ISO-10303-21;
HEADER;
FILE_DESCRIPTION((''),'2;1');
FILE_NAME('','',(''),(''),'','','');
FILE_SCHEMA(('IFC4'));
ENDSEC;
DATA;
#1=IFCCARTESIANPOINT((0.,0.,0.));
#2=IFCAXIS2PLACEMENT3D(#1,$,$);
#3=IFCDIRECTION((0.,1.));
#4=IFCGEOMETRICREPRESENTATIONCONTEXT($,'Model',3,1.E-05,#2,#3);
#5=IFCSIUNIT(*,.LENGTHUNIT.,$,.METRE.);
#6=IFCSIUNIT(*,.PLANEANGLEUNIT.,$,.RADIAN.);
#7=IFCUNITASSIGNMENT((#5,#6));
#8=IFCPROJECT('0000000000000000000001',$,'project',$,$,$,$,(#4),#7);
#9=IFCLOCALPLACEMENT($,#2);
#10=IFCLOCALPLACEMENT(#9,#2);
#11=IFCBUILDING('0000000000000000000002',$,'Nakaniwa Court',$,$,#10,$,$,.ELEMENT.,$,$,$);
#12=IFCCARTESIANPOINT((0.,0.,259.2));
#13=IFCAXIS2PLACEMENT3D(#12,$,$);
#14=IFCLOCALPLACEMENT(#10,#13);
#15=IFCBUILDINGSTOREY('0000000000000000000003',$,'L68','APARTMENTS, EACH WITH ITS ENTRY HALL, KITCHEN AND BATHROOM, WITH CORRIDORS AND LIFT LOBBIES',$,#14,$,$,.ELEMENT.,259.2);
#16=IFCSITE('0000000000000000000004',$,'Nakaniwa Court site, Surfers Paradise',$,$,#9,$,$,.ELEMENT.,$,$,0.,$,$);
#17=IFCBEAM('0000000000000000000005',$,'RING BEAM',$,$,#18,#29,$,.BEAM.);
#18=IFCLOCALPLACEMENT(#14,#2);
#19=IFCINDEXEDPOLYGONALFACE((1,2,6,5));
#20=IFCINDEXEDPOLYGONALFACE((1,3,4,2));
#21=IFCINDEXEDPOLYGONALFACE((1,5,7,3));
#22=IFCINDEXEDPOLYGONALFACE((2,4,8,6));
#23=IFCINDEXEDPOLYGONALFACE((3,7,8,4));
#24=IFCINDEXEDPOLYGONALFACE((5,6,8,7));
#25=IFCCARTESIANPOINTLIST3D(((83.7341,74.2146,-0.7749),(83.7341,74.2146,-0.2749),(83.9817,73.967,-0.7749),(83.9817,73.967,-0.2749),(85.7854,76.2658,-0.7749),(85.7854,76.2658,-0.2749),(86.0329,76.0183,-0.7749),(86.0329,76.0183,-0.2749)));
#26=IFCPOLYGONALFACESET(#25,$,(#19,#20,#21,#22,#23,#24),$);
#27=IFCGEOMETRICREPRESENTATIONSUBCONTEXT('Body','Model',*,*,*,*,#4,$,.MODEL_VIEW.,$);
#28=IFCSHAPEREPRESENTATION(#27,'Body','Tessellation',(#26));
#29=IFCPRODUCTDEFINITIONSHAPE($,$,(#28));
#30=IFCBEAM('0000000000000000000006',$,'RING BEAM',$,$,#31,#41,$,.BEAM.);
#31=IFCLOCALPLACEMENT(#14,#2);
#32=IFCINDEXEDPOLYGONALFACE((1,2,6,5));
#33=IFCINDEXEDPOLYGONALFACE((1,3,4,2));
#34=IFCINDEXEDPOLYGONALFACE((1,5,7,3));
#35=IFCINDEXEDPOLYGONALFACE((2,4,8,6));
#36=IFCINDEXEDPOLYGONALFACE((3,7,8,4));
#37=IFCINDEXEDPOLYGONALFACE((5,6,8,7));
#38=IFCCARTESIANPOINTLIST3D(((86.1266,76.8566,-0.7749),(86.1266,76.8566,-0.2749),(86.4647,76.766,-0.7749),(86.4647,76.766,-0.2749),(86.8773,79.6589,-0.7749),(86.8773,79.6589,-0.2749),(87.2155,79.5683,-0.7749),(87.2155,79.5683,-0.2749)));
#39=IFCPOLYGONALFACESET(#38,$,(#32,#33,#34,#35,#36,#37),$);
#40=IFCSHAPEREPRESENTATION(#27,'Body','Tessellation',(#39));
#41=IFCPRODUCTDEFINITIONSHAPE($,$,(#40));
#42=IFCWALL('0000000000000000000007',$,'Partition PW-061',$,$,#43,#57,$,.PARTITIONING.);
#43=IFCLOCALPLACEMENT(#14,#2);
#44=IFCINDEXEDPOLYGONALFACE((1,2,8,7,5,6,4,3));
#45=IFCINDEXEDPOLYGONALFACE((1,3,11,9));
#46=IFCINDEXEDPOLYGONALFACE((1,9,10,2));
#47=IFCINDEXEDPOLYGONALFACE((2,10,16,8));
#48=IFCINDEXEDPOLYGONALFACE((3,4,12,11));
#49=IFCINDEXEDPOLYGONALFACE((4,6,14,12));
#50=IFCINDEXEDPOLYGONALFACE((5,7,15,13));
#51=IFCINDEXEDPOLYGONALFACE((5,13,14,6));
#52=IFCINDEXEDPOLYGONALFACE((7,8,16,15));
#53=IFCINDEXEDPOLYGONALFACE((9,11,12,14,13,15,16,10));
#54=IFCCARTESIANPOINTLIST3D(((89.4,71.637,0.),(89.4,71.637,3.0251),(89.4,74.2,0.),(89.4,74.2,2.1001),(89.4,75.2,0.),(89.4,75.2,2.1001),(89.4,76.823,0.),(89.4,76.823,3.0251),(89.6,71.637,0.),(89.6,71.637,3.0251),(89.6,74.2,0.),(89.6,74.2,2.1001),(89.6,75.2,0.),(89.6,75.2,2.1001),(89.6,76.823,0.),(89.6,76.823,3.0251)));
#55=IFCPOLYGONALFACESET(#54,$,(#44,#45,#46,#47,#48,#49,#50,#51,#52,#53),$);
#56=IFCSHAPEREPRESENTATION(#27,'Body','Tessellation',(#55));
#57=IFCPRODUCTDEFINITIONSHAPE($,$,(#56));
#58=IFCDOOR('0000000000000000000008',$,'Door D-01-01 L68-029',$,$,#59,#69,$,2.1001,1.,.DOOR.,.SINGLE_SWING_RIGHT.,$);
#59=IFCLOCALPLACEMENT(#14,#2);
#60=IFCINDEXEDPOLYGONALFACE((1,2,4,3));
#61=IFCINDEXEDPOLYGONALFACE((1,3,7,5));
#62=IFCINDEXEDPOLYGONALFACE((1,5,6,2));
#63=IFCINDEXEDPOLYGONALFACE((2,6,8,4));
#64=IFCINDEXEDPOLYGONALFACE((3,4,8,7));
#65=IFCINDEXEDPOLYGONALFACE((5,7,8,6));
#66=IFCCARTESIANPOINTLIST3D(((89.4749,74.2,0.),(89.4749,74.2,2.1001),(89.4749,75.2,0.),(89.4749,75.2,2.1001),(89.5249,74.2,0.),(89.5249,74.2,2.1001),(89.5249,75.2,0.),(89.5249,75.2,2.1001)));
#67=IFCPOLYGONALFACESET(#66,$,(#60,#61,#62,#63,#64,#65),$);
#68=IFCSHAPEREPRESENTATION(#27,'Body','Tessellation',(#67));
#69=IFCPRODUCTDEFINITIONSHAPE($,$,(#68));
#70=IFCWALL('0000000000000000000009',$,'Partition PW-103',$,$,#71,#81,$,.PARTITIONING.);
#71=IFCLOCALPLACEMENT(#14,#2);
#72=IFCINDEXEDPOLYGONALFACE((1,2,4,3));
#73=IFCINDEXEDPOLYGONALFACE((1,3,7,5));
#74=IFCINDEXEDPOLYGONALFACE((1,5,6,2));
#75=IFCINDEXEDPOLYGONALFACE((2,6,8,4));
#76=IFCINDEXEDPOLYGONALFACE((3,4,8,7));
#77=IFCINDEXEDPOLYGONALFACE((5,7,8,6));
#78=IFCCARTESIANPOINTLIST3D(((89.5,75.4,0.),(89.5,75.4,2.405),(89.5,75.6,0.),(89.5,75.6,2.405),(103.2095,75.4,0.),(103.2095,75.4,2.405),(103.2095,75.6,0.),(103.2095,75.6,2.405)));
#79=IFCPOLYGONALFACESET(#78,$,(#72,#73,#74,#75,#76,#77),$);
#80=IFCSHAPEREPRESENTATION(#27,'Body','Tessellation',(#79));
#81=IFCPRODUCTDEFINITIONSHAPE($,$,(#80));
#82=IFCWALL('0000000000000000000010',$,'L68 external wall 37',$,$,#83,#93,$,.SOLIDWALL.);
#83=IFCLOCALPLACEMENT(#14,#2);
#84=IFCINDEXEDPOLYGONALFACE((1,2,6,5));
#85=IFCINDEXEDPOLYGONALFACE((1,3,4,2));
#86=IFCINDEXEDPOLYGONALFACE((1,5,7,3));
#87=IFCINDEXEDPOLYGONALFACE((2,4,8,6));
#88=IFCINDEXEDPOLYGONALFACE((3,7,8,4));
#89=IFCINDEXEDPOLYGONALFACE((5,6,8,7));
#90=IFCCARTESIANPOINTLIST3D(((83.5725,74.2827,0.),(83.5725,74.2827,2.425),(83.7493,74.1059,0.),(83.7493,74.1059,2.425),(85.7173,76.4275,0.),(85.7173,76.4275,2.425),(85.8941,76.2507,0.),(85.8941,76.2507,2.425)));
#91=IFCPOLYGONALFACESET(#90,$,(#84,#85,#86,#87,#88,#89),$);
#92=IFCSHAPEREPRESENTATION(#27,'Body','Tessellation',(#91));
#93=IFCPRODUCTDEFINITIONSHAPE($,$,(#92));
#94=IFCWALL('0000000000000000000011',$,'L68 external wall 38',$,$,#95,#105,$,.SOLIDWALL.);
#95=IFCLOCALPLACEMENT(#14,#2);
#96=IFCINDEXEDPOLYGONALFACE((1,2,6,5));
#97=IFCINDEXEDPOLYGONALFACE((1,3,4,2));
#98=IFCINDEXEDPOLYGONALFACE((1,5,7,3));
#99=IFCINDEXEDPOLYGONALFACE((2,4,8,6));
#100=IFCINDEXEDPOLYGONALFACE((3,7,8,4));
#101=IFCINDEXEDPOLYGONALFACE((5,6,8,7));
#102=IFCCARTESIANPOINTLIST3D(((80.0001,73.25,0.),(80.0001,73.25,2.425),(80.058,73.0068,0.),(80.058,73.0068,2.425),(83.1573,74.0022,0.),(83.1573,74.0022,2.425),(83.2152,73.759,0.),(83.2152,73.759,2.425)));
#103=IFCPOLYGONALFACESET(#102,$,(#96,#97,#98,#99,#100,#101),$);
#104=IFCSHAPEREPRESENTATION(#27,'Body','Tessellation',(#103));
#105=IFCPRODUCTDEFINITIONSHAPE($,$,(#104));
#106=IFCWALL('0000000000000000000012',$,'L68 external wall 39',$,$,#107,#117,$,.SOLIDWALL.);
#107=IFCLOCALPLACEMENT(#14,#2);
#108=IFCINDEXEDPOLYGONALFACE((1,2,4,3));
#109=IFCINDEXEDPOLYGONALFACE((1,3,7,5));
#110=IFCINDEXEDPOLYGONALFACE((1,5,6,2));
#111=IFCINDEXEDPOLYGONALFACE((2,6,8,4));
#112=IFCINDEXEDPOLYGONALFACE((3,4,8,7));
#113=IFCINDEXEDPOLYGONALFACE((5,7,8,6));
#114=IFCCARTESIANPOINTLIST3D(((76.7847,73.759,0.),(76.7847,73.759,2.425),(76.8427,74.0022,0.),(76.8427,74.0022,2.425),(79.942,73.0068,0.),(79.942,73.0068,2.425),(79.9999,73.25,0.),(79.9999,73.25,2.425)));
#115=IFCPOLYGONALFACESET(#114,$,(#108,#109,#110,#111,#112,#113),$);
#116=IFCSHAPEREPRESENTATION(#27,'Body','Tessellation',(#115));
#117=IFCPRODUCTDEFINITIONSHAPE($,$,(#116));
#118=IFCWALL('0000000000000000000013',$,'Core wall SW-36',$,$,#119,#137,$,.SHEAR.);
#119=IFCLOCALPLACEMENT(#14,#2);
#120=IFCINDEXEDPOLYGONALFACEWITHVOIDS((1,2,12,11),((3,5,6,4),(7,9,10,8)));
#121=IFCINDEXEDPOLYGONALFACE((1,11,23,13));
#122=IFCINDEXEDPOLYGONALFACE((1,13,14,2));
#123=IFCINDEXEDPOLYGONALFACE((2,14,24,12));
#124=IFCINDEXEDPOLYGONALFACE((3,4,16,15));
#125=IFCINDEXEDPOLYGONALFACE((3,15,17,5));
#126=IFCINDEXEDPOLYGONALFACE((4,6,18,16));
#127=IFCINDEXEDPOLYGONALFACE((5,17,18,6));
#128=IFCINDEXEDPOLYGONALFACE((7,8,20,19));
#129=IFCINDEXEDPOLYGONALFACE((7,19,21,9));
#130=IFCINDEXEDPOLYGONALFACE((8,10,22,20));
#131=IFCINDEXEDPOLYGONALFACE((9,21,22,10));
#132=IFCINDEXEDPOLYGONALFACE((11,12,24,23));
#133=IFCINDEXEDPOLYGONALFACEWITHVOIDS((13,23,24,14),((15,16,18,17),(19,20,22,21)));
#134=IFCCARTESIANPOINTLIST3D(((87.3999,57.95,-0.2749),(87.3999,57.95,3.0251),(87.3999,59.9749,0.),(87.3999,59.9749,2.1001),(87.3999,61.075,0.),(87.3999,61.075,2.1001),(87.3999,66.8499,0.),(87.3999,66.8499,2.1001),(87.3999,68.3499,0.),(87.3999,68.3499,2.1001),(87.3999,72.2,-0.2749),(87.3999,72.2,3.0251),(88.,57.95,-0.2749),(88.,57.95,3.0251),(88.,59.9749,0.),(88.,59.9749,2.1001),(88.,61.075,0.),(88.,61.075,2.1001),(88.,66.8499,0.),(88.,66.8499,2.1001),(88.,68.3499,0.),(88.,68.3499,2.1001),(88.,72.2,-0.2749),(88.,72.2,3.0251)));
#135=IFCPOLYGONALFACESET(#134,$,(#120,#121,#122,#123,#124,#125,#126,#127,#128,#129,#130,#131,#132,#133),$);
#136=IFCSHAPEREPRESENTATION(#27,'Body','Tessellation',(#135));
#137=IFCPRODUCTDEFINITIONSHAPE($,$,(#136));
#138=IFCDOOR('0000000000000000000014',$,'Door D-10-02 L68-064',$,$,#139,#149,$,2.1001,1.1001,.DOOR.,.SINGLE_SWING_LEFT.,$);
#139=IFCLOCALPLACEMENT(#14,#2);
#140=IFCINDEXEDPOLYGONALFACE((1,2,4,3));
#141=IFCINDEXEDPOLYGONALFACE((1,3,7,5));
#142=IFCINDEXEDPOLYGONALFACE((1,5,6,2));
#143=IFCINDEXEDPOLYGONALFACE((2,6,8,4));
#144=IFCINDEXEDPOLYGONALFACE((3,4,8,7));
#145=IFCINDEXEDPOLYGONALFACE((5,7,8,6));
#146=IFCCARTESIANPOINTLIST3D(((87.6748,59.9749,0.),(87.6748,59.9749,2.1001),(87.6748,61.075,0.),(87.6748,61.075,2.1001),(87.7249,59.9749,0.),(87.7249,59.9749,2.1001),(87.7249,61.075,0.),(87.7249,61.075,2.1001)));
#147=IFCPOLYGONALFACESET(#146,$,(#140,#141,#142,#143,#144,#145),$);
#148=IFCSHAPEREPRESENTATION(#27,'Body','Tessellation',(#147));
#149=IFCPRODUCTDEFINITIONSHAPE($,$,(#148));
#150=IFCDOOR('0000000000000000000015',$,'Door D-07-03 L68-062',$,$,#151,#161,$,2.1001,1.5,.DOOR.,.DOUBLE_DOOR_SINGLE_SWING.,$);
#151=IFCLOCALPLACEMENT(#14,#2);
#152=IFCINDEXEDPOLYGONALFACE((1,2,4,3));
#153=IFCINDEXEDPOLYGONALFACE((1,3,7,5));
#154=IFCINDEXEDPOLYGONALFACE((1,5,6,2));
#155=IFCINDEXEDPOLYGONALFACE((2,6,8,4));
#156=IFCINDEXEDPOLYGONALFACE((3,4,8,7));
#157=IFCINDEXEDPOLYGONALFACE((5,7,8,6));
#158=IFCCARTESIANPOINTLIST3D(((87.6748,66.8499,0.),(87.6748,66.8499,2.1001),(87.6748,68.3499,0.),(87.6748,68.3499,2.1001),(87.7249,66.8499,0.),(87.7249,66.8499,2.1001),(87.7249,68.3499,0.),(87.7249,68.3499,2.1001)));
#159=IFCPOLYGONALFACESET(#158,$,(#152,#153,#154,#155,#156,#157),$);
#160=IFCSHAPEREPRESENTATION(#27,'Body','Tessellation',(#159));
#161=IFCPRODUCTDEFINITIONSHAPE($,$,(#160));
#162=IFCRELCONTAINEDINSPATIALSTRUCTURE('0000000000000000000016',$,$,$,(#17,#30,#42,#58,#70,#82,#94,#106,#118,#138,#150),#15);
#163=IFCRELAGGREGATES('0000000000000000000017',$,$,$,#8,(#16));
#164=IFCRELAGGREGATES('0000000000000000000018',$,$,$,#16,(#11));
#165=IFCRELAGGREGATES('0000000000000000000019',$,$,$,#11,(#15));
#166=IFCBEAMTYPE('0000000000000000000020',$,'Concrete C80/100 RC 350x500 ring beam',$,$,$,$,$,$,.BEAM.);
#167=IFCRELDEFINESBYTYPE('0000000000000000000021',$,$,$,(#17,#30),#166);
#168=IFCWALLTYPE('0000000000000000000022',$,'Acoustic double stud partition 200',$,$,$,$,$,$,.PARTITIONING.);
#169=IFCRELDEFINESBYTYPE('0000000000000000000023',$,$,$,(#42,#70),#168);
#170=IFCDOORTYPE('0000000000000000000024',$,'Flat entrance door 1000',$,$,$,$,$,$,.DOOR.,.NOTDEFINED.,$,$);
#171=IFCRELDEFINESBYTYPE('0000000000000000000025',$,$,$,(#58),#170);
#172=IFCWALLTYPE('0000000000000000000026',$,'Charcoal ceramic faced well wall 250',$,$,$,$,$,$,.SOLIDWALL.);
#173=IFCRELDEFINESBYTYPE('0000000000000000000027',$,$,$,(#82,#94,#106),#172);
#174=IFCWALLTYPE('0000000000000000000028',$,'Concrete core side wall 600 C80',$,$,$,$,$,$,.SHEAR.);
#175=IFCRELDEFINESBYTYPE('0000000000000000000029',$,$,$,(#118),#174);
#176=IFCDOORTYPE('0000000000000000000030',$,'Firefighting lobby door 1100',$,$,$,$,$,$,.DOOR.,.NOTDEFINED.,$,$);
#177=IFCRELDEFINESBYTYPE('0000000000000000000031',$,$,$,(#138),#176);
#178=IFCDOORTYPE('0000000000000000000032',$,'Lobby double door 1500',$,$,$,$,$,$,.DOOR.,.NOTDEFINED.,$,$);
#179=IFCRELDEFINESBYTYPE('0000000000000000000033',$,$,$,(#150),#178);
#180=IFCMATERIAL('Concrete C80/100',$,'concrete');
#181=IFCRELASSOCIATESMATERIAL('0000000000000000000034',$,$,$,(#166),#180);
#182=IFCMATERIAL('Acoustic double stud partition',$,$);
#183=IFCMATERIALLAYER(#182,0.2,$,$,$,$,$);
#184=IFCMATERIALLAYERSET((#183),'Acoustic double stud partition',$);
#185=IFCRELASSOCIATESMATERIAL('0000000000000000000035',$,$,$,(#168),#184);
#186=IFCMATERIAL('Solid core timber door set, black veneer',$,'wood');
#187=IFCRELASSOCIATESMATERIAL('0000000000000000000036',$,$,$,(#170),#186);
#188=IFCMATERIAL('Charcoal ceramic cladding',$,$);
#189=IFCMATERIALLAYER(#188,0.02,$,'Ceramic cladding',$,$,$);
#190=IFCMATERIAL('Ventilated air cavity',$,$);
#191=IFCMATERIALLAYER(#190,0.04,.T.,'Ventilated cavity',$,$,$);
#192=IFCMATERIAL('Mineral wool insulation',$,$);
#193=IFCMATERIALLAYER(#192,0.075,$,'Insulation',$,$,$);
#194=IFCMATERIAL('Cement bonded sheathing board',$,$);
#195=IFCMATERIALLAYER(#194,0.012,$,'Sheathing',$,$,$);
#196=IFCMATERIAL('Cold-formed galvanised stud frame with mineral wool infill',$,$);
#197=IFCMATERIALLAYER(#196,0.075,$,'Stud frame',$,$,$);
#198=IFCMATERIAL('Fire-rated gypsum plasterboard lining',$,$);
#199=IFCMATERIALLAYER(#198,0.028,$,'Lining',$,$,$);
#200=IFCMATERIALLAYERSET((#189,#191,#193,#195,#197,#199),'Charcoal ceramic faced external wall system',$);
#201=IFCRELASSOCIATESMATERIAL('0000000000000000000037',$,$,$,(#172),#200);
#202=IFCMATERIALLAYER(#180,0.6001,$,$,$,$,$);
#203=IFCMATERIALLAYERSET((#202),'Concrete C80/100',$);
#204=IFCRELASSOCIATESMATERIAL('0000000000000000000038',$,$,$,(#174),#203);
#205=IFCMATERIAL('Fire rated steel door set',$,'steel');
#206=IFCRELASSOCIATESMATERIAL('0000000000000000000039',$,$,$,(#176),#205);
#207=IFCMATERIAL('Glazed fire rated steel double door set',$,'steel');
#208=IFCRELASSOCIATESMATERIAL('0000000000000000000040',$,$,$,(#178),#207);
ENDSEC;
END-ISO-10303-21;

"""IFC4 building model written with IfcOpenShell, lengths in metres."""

from ifc_helpers import new_model, si_unit, direction, frame, frame_2d, origin, origin_2d, place, context, subcontext, project, spatial, rectangle, extrude, material, layer, layer_set, material_profile, profile_set, type_object, element, fill, save


model = new_model("IFC4")

# Units and contexts
model_context = context("Model", 3, precision=1e-05, world=origin(), true_north=direction((0.0, 1.0)))
body_context = subcontext(model_context, "Body", "Model", "MODEL_VIEW")
ifc_project = project(units=[si_unit("LENGTHUNIT", "METRE"), si_unit("PLANEANGLEUNIT", "RADIAN")], contexts=[model_context])

# Site, building, storey
site_placement = place(None, origin())
site = spatial("IfcSite", under=ifc_project, at=site_placement, Name="Nakaniwa Court site, Surfers Paradise", CompositionType="ELEMENT", RefElevation=0.0)
building_placement = place(site_placement, origin())
building = spatial("IfcBuilding", under=site, at=building_placement, Name="Nakaniwa Court", CompositionType="ELEMENT")
storey_placement = place(building_placement, frame((0.0, 0.0, 259.2)))
storey = spatial("IfcBuildingStorey", under=building, at=storey_placement, Name="L68", Description="APARTMENTS, EACH WITH ITS ENTRY HALL, KITCHEN AND BATHROOM, WITH CORRIDORS AND LIFT LOBBIES", CompositionType="ELEMENT", Elevation=259.2)

# Shared definitions
ifc_material_1 = material(Name="Concrete C80/100", Category="concrete")

# Beams
ifc_material_profile_1 = material_profile(ifc_material_1, rectangle(XDim=0.3501, YDim=0.5, at=origin_2d()), Name="Concrete C80/100 RC 350x500 ring beam")
ifc_profile_set_1 = profile_set([ifc_material_profile_1], Name="Concrete C80/100")
beam_type = type_object("IfcBeamType", Name="Concrete C80/100 RC 350x500 ring beam", PredefinedType="BEAM", material=ifc_profile_set_1)
beam_1_placement = place(storey_placement, frame((83.8579, 74.0908, -0.5249), z_axis=(0.707107, 0.707107, 0.0), x_axis=(-0.707107, 0.707107, 0.0)))
element("IfcBeam", 1, at=beam_1_placement, inside=storey, type_object=beam_type, Name="RING BEAM", PredefinedType="BEAM", context=body_context, shape_type="SweptSolid", body=[
    extrude(rectangle(XDim=0.3501, YDim=0.5, at=origin_2d()), origin(), (0.0, 0.0, 1.0), 2.9009),
])
beam_2_placement = place(storey_placement, frame((86.2957, 76.8113, -0.5249), z_axis=(0.258778, 0.965937, 0.0), x_axis=(-0.965937, 0.258778, 0.0)))
element("IfcBeam", 2, at=beam_2_placement, inside=storey, type_object=beam_type, Name="RING BEAM", PredefinedType="BEAM", context=body_context, shape_type="SweptSolid", body=[
    extrude(rectangle(XDim=0.3501, YDim=0.5, at=origin_2d()), origin(), (0.0, 0.0, 1.0), 2.9011),
])

# Wall, opening, door
ifc_material_2 = material(Name="Acoustic double stud partition")
ifc_layer_1 = layer(ifc_material_2, 0.2)
ifc_layer_set_1 = layer_set([ifc_layer_1], Name="Acoustic double stud partition")
wall_type_1 = type_object("IfcWallType", Name="Acoustic double stud partition 200", PredefinedType="PARTITIONING", material=ifc_layer_set_1)
wall_1_placement = place(storey_placement, frame((89.5, 76.823, 0.0), z_axis=(0.0, 0.0, 1.0), x_axis=(0.0, -1.0, 0.0)))
wall_1 = element("IfcWall", 3, at=wall_1_placement, inside=storey, type_object=wall_type_1, Name="Partition PW-061", PredefinedType="PARTITIONING", context=body_context, shape_type="SweptSolid", body=[
    extrude(rectangle(XDim=5.186, YDim=0.2, at=frame_2d((2.593, 0.0))), origin(), (0.0, 0.0, 1.0), 3.0251),
])
opening_1_placement = place(wall_1_placement, frame((1.623, 0.0, 0.0)))
opening_1 = element("IfcOpeningElement", 4, at=opening_1_placement, cuts=wall_1, PredefinedType="OPENING", context=body_context, shape_type="SweptSolid", body=[
    extrude(rectangle(XDim=1.0, YDim=2.1001, at=frame_2d((0.5, 1.05))), frame((0.0, 0.1099, 0.0), z_axis=(0.0, -1.0, 0.0), x_axis=(1.0, 0.0, 0.0)), (0.0, 0.0, 1.0), 0.22),
])
ifc_material_3 = material(Name="Solid core timber door set, black veneer", Category="wood")
door_type_1 = type_object("IfcDoorType", Name="Flat entrance door 1000", OperationType="NOTDEFINED", PredefinedType="DOOR", material=ifc_material_3)
door_1_placement = place(opening_1_placement, origin())
door_1 = element("IfcDoor", 5, at=door_1_placement, inside=storey, type_object=door_type_1, Name="Door D-01-01 L68-029", OperationType="SINGLE_SWING_RIGHT", OverallHeight=2.1001, OverallWidth=1.0, PredefinedType="DOOR", context=body_context, shape_type="SweptSolid", body=[
    extrude(rectangle(XDim=1.0, YDim=2.1001, at=frame_2d((0.5, 1.05))), frame((0.0, 0.0249, 0.0), z_axis=(0.0, -1.0, 0.0), x_axis=(1.0, 0.0, 0.0)), (0.0, 0.0, 1.0), 0.05),
])
fill(opening_1, door_1)

# Walls
wall_2_placement = place(storey_placement, frame((89.5, 75.5, 0.0), z_axis=(0.0, 0.0, 1.0), x_axis=(1.0, 0.0, 0.0)))
element("IfcWall", 6, at=wall_2_placement, inside=storey, type_object=wall_type_1, Name="Partition PW-103", PredefinedType="PARTITIONING", context=body_context, shape_type="SweptSolid", body=[
    extrude(rectangle(XDim=13.7095, YDim=0.2, at=frame_2d((6.8547, 0.0))), origin(), (0.0, 0.0, 1.0), 2.405),
])
ifc_material_4 = material(Name="Charcoal ceramic cladding")
ifc_layer_2 = layer(ifc_material_4, 0.02, Name="Ceramic cladding")
ifc_material_5 = material(Name="Ventilated air cavity")
ifc_layer_3 = layer(ifc_material_5, 0.04, ventilated=True, Name="Ventilated cavity")
ifc_material_6 = material(Name="Mineral wool insulation")
ifc_layer_4 = layer(ifc_material_6, 0.075, Name="Insulation")
ifc_material_7 = material(Name="Cement bonded sheathing board")
ifc_layer_5 = layer(ifc_material_7, 0.012, Name="Sheathing")
ifc_material_8 = material(Name="Cold-formed galvanised stud frame with mineral wool infill")
ifc_layer_6 = layer(ifc_material_8, 0.075, Name="Stud frame")
ifc_material_9 = material(Name="Fire-rated gypsum plasterboard lining")
ifc_layer_7 = layer(ifc_material_9, 0.028, Name="Lining")
ifc_layer_set_2 = layer_set([ifc_layer_2, ifc_layer_3, ifc_layer_4, ifc_layer_5, ifc_layer_6, ifc_layer_7], Name="Charcoal ceramic faced external wall system")
wall_type_2 = type_object("IfcWallType", Name="Charcoal ceramic faced well wall 250", PredefinedType="SOLIDWALL", material=ifc_layer_set_2)
wall_3_placement = place(storey_placement, frame((85.8057, 76.3391, 0.0), z_axis=(0.0, 0.0, 1.0), x_axis=(-0.707107, -0.707107, 0.0)))
element("IfcWall", 7, at=wall_3_placement, inside=storey, type_object=wall_type_2, Name="L68 external wall 37", PredefinedType="SOLIDWALL", context=body_context, shape_type="SweptSolid", body=[
    extrude(rectangle(XDim=3.0332, YDim=0.25, at=frame_2d((1.5166, 0.0))), origin(), (0.0, 0.0, 1.0), 2.425),
])
for number, where, z_axis, x_axis, name in (
    (8, (83.1863, 73.8806, 0.0), (0.0, 0.0, 1.0), (-0.972773, -0.23176, 0.0), "L68 external wall 38"),
    (9, (79.9709, 73.1284, 0.0), (0.0, 0.0, 1.0), (-0.972773, 0.23176, 0.0), "L68 external wall 39"),
):
    element("IfcWall", number, at=place(storey_placement, frame(where, z_axis=z_axis, x_axis=x_axis)), inside=storey, type_object=wall_type_2, Name=name, PredefinedType="SOLIDWALL", context=body_context, shape_type="SweptSolid", body=[
        extrude(rectangle(XDim=3.2456, YDim=0.25, at=frame_2d((1.6228, 0.0))), origin(), (0.0, 0.0, 1.0), 2.425),
    ])

# Wall, openings, doors
ifc_layer_8 = layer(ifc_material_1, 0.6001)
ifc_layer_set_3 = layer_set([ifc_layer_8], Name="Concrete C80/100")
wall_type_3 = type_object("IfcWallType", Name="Concrete core side wall 600 C80", PredefinedType="SHEAR", material=ifc_layer_set_3)
wall_4_placement = place(storey_placement, frame((87.7, 72.2, -0.2749), z_axis=(0.0, 0.0, 1.0), x_axis=(0.0, -1.0, 0.0)))
wall_4 = element("IfcWall", 10, at=wall_4_placement, inside=storey, type_object=wall_type_3, Name="Core wall SW-36", PredefinedType="SHEAR", context=body_context, shape_type="SweptSolid", body=[
    extrude(rectangle(XDim=14.25, YDim=0.6001, at=frame_2d((7.125, 0.0))), origin(), (0.0, 0.0, 1.0), 3.3),
])
opening_2_placement = place(wall_4_placement, frame((3.8501, 0.0, 0.2749)))
opening_2 = element("IfcOpeningElement", 11, at=opening_2_placement, cuts=wall_4, PredefinedType="OPENING", context=body_context, shape_type="SweptSolid", body=[
    extrude(rectangle(XDim=1.5, YDim=2.1001, at=frame_2d((0.75, 1.05))), frame((0.0, 0.3101, 0.0), z_axis=(0.0, -1.0, 0.0), x_axis=(1.0, 0.0, 0.0)), (0.0, 0.0, 1.0), 0.6201),
])
opening_3_placement = place(wall_4_placement, frame((11.125, 0.0, 0.2749)))
opening_3 = element("IfcOpeningElement", 12, at=opening_3_placement, cuts=wall_4, PredefinedType="OPENING", context=body_context, shape_type="SweptSolid", body=[
    extrude(rectangle(XDim=1.1001, YDim=2.1001, at=frame_2d((0.55, 1.05))), frame((0.0, 0.3101, 0.0), z_axis=(0.0, -1.0, 0.0), x_axis=(1.0, 0.0, 0.0)), (0.0, 0.0, 1.0), 0.6201),
])
ifc_material_10 = material(Name="Fire rated steel door set", Category="steel")
door_type_2 = type_object("IfcDoorType", Name="Firefighting lobby door 1100", OperationType="NOTDEFINED", PredefinedType="DOOR", material=ifc_material_10)
door_2_placement = place(opening_3_placement, origin())
door_2 = element("IfcDoor", 13, at=door_2_placement, inside=storey, type_object=door_type_2, Name="Door D-10-02 L68-064", OperationType="SINGLE_SWING_LEFT", OverallHeight=2.1001, OverallWidth=1.1001, PredefinedType="DOOR", context=body_context, shape_type="SweptSolid", body=[
    extrude(rectangle(XDim=1.1001, YDim=2.1001, at=frame_2d((0.55, 1.05))), frame((0.0, 0.0249, 0.0), z_axis=(0.0, -1.0, 0.0), x_axis=(1.0, 0.0, 0.0)), (0.0, 0.0, 1.0), 0.05),
])
fill(opening_3, door_2)
ifc_material_11 = material(Name="Glazed fire rated steel double door set", Category="steel")
door_type_3 = type_object("IfcDoorType", Name="Lobby double door 1500", OperationType="NOTDEFINED", PredefinedType="DOOR", material=ifc_material_11)
door_3_placement = place(opening_2_placement, origin())
door_3 = element("IfcDoor", 14, at=door_3_placement, inside=storey, type_object=door_type_3, Name="Door D-07-03 L68-062", OperationType="DOUBLE_DOOR_SINGLE_SWING", OverallHeight=2.1001, OverallWidth=1.5, PredefinedType="DOOR", context=body_context, shape_type="SweptSolid", body=[
    extrude(rectangle(XDim=1.5, YDim=2.1001, at=frame_2d((0.75, 1.05))), frame((0.0, 0.0249, 0.0), z_axis=(0.0, -1.0, 0.0), x_axis=(1.0, 0.0, 0.0)), (0.0, 0.0, 1.0), 0.05),
])
fill(opening_2, door_3)

save(model, "model.ifc")
